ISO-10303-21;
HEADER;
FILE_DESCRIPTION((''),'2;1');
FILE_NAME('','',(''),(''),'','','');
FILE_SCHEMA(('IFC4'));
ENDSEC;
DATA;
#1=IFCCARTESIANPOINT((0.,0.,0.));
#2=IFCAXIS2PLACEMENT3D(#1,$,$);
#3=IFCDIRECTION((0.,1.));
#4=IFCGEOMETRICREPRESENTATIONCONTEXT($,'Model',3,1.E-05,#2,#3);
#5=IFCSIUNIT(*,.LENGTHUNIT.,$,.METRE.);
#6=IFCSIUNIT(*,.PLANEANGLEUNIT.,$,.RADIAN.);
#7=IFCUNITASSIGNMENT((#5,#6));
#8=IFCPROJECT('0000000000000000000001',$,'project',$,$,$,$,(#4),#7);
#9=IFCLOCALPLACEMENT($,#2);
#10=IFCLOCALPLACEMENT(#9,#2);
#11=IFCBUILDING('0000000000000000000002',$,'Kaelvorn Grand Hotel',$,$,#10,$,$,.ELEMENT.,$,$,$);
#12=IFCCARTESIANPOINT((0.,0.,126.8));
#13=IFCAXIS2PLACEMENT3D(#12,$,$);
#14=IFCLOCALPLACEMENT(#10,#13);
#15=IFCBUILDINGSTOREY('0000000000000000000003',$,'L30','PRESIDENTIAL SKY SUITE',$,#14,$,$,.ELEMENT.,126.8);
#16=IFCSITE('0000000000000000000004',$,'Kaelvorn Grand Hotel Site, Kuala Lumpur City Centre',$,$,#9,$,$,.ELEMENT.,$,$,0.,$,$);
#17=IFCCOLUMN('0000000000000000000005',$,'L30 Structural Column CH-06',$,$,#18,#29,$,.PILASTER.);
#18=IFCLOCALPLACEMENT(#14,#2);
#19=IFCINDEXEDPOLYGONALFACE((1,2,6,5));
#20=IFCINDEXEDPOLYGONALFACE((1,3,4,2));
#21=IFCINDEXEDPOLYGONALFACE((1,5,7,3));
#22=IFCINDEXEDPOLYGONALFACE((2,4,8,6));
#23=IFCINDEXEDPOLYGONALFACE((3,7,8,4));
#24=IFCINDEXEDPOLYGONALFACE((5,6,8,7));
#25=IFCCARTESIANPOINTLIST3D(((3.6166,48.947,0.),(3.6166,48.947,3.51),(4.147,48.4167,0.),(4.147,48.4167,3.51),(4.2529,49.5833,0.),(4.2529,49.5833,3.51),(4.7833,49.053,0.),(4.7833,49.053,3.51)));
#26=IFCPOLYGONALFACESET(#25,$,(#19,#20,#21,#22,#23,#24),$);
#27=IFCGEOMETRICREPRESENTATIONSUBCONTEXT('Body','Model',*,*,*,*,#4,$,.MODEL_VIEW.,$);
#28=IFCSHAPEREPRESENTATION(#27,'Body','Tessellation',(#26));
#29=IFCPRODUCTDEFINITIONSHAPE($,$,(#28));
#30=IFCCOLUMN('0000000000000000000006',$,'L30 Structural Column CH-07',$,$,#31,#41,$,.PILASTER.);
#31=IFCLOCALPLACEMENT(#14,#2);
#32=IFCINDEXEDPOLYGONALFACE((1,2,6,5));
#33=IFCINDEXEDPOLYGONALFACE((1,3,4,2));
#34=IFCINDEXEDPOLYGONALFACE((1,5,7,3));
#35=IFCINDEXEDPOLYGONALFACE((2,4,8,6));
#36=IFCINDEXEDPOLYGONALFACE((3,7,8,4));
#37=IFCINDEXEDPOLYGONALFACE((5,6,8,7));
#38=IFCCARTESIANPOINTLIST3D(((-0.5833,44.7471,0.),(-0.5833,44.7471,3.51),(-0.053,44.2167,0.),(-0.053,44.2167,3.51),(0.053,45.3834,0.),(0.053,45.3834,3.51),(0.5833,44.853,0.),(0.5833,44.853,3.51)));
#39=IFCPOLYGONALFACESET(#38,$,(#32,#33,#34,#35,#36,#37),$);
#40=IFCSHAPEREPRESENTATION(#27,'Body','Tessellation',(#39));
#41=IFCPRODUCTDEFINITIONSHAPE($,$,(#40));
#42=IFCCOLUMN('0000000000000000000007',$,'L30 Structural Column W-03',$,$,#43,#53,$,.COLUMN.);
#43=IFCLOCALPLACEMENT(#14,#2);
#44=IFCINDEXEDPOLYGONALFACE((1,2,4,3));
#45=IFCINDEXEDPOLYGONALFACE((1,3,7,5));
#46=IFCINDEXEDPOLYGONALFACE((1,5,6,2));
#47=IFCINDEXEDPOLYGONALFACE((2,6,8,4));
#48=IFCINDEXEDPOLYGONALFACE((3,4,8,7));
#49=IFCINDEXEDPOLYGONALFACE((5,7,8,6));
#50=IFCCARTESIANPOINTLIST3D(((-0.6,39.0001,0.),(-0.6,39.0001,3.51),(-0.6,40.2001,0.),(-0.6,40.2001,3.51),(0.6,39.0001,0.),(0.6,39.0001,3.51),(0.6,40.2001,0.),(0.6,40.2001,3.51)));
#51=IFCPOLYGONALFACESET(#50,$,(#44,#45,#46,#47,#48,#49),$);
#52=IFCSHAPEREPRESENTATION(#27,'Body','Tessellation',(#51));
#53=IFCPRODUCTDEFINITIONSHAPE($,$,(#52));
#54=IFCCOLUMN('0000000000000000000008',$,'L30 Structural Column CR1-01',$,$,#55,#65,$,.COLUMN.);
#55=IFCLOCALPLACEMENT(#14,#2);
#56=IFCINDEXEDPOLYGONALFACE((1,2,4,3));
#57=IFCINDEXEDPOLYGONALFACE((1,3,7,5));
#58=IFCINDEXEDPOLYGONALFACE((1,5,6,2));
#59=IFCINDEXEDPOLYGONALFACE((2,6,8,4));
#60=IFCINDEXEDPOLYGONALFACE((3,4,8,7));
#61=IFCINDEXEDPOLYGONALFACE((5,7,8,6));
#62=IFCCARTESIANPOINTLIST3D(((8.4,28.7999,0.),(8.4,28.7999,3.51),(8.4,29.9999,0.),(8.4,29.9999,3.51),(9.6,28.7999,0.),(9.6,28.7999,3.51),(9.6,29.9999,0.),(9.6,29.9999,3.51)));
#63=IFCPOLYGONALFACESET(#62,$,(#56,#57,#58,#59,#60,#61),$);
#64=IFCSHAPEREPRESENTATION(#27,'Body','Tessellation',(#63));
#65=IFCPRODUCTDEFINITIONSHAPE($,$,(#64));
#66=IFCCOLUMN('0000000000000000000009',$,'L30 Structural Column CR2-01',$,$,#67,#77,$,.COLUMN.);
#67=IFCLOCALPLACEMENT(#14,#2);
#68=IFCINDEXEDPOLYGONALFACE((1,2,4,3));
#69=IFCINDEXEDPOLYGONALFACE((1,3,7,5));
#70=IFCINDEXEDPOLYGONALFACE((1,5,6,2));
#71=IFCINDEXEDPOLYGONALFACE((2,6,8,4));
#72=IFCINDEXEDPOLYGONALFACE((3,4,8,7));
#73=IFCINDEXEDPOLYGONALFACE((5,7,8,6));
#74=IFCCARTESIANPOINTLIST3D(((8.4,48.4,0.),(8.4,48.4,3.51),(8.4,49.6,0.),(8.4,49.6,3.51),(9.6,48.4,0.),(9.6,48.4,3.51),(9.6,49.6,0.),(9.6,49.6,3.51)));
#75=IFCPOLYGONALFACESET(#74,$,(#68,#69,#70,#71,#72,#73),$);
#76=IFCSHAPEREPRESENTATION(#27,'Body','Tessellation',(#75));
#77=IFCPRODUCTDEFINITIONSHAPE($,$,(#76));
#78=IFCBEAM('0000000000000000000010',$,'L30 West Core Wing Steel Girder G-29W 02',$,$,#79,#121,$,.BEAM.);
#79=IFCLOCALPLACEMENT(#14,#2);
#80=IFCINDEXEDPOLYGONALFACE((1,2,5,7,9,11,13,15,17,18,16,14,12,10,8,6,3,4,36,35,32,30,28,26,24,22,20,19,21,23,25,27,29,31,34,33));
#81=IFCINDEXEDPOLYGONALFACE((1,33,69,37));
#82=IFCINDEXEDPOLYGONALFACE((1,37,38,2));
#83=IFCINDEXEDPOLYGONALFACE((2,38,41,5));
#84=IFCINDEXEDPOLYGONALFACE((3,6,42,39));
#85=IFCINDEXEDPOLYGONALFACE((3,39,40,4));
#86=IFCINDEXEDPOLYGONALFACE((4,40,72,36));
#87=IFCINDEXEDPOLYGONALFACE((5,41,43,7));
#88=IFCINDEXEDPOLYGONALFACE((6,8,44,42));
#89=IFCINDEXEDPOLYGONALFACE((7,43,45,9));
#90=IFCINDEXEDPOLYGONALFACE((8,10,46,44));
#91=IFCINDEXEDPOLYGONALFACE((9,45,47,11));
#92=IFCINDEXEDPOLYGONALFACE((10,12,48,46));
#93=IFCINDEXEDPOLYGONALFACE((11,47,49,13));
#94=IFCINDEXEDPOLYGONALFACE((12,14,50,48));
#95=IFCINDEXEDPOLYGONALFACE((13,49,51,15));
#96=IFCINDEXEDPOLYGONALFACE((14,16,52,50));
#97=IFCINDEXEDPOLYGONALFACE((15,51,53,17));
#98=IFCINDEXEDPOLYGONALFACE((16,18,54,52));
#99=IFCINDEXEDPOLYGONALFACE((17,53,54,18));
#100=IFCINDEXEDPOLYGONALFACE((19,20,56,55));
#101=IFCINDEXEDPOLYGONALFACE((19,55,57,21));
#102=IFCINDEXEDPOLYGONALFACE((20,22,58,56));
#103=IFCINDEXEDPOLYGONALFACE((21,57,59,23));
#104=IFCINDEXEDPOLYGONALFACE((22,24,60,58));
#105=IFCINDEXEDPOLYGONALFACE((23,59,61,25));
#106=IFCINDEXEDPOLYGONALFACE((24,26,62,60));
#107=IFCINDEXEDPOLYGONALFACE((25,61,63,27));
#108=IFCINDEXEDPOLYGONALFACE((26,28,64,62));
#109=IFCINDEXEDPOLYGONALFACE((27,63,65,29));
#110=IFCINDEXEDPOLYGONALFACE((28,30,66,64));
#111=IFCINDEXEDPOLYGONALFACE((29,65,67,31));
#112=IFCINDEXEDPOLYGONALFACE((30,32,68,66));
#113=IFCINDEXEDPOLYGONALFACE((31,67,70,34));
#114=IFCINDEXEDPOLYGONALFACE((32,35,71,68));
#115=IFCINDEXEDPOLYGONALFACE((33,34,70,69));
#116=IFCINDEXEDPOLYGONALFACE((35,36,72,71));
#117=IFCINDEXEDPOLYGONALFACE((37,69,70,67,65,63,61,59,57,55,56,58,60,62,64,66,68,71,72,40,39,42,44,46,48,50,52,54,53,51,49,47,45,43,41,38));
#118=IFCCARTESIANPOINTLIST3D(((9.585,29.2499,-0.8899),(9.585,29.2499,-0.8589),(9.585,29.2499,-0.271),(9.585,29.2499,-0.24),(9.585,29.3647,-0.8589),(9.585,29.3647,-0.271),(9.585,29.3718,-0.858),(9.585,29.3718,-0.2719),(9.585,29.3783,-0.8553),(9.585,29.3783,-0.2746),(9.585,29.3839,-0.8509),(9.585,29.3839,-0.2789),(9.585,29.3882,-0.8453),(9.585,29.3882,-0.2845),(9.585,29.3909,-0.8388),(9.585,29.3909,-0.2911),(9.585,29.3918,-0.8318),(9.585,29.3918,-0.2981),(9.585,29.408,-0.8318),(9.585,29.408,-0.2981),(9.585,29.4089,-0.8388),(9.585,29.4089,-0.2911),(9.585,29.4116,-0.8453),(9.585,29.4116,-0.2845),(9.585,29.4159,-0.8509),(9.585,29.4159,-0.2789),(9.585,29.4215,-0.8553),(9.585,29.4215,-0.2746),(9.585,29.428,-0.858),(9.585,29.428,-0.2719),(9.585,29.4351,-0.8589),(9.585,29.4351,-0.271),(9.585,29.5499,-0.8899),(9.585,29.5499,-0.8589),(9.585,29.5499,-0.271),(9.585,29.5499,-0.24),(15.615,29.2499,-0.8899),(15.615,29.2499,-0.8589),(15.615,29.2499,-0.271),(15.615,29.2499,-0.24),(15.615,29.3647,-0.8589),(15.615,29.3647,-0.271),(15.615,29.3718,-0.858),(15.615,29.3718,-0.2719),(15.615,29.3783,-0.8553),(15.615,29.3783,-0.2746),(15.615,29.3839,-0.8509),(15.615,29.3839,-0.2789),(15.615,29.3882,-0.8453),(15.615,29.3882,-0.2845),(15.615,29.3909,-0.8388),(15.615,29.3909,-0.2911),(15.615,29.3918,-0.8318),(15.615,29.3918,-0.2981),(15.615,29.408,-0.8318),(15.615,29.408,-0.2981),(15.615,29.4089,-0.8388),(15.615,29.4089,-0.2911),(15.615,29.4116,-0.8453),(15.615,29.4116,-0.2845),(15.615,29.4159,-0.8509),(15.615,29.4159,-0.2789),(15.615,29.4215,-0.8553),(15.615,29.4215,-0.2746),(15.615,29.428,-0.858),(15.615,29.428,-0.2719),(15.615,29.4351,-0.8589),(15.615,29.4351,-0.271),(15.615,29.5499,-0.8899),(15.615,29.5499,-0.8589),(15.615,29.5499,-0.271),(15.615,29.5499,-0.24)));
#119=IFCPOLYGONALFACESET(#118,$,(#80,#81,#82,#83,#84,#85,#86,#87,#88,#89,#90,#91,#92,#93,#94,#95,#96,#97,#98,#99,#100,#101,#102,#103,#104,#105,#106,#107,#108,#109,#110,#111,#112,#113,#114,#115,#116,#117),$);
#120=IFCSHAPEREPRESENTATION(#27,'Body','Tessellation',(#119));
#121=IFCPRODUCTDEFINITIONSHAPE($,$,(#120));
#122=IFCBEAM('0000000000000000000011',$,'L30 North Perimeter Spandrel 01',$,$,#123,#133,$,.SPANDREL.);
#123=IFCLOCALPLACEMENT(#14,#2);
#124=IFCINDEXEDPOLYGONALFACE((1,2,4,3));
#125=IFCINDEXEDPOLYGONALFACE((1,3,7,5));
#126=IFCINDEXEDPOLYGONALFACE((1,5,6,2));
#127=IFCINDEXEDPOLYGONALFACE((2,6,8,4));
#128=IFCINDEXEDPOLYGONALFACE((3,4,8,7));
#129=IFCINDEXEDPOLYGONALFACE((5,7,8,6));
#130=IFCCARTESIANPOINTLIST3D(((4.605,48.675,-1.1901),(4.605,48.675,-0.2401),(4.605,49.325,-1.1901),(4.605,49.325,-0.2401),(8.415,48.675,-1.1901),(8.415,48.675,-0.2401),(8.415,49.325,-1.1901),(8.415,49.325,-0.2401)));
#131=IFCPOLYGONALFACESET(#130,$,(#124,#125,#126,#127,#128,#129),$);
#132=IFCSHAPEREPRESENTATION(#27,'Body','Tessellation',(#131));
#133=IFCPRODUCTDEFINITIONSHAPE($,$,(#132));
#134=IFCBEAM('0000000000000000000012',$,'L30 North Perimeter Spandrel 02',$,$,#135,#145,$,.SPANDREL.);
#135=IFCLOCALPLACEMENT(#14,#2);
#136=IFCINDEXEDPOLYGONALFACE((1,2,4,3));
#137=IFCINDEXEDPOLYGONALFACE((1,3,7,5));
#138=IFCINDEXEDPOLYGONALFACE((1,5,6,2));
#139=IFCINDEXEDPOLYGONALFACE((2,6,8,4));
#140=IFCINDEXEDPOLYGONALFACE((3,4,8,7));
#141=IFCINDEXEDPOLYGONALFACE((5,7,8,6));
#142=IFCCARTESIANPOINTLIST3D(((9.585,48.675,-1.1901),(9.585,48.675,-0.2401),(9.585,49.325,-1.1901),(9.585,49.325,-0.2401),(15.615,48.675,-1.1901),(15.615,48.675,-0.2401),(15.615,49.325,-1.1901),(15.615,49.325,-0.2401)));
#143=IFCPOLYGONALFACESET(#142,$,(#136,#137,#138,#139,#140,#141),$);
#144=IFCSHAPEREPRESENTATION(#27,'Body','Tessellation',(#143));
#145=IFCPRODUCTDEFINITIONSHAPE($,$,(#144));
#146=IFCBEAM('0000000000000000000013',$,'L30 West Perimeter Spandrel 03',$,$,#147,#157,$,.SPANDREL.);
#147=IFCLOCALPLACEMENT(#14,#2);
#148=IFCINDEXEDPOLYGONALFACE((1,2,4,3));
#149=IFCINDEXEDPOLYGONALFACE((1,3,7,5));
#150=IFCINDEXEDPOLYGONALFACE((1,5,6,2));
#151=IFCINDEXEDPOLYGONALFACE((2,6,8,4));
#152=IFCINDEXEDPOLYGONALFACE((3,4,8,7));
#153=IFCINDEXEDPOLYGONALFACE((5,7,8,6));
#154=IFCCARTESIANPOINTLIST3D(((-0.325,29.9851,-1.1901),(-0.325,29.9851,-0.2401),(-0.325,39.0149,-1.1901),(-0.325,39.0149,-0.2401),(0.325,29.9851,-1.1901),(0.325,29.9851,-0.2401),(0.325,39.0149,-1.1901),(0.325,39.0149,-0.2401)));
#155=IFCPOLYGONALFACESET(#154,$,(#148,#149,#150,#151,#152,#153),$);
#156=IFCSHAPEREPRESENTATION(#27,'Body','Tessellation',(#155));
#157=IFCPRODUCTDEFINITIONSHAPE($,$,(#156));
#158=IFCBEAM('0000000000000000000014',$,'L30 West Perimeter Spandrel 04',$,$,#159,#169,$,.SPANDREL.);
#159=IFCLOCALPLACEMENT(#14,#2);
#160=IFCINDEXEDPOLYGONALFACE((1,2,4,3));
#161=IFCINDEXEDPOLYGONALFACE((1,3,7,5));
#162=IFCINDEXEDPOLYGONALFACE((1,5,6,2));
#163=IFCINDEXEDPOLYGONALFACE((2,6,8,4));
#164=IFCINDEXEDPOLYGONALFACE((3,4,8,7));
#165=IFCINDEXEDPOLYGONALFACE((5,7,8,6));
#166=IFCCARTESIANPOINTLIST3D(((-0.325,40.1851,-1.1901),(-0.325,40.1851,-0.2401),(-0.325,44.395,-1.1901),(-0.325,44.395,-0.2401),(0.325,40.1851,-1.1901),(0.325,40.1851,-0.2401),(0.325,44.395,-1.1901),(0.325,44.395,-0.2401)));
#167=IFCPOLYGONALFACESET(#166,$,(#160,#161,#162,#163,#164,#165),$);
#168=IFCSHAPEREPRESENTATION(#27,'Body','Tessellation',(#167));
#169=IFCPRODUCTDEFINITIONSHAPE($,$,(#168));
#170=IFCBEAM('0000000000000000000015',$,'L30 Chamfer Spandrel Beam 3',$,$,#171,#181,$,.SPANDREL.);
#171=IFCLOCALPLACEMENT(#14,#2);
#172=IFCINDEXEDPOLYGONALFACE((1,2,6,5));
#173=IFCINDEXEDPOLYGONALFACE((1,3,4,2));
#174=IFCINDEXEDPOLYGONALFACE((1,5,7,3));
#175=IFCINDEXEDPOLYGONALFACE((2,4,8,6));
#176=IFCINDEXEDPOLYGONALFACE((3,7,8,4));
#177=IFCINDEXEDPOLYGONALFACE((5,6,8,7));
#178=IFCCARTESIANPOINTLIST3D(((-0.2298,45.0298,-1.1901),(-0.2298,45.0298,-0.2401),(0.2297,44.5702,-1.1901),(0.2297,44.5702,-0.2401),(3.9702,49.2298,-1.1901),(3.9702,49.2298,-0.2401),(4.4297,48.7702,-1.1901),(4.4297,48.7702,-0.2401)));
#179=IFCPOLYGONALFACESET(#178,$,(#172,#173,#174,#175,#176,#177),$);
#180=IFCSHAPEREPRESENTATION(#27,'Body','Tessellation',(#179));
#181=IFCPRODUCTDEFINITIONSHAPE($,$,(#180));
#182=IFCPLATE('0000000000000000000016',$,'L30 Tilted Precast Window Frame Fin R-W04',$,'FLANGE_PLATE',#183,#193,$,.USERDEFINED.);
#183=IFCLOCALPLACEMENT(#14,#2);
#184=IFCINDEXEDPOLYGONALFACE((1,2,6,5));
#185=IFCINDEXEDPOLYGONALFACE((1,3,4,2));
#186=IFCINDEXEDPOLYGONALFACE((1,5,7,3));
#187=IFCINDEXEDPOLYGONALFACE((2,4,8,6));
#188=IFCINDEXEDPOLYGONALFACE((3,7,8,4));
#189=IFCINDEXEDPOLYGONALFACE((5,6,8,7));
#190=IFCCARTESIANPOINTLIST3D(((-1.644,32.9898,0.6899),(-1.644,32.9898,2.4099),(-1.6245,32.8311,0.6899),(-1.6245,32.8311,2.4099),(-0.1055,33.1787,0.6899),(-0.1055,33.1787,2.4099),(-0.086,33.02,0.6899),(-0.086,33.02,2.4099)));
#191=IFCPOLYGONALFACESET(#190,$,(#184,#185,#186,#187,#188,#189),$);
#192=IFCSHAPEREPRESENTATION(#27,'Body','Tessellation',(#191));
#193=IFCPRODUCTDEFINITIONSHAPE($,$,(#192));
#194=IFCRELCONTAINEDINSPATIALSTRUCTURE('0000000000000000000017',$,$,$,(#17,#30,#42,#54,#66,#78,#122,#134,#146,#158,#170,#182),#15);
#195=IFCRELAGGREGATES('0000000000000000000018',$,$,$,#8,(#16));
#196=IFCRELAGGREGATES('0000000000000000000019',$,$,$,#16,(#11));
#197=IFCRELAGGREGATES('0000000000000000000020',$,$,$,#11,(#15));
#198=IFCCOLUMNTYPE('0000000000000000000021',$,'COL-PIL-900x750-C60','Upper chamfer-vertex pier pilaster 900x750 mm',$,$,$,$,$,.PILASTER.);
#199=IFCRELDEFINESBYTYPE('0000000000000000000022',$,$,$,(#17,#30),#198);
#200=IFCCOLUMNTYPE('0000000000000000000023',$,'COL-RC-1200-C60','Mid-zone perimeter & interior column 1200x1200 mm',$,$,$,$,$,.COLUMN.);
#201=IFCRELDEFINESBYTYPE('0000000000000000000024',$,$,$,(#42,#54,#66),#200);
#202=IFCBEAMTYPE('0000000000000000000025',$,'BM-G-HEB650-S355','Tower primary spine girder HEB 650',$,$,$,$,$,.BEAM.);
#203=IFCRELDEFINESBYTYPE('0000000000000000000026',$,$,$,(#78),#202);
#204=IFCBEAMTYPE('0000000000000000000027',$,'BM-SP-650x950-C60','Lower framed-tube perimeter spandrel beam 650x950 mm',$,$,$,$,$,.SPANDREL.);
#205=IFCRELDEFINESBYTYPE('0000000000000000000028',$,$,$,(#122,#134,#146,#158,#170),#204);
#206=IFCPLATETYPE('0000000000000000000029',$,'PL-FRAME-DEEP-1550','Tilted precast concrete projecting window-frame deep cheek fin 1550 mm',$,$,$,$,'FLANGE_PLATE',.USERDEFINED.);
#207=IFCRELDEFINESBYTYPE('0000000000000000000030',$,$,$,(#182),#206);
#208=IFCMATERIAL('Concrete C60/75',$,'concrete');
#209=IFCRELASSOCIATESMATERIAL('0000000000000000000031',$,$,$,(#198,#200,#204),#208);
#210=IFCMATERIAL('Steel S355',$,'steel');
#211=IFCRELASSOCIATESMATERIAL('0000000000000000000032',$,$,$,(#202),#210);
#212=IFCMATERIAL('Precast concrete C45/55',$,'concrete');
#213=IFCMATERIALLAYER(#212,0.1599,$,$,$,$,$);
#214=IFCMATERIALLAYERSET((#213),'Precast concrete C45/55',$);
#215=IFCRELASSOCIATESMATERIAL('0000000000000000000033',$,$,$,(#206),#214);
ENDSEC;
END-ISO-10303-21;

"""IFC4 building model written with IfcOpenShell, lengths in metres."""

from ifc_helpers import new_model, si_unit, direction, frame, origin, origin_2d, place, context, subcontext, project, spatial, rectangle, i_section, extrude, material, layer, layer_set, material_profile, profile_set, type_object, element, save


model = new_model("IFC4")

# Units and contexts
model_context = context("Model", 3, precision=1e-05, world=origin(), true_north=direction((0.0, 1.0)))
body_context = subcontext(model_context, "Body", "Model", "MODEL_VIEW")
ifc_project = project(units=[si_unit("LENGTHUNIT", "METRE"), si_unit("PLANEANGLEUNIT", "RADIAN")], contexts=[model_context])

# Site, building, storey
site_placement = place(None, origin())
site = spatial("IfcSite", under=ifc_project, at=site_placement, Name="Kaelvorn Grand Hotel Site, Kuala Lumpur City Centre", CompositionType="ELEMENT", RefElevation=0.0)
building_placement = place(site_placement, origin())
building = spatial("IfcBuilding", under=site, at=building_placement, Name="Kaelvorn Grand Hotel", CompositionType="ELEMENT")
storey_placement = place(building_placement, frame((0.0, 0.0, 126.8)))
storey = spatial("IfcBuildingStorey", under=building, at=storey_placement, Name="L30", Description="PRESIDENTIAL SKY SUITE", CompositionType="ELEMENT", Elevation=126.8)

# Columns
ifc_material_1 = material(Name="Concrete C60/75", Category="concrete")
ifc_material_profile_1 = material_profile(ifc_material_1, rectangle(XDim=0.8999, YDim=0.75, at=origin_2d()), Name="RC PILASTER 900x750")
ifc_profile_set_1 = profile_set([ifc_material_profile_1], Name="Concrete C60/75")
column_type_1 = type_object("IfcColumnType", Name="COL-PIL-900x750-C60", Description="Upper chamfer-vertex pier pilaster 900x750 mm", PredefinedType="PILASTER", material=ifc_profile_set_1)
for number, where, z_axis, x_axis, name in (
    (1, (4.2, 49.0, 0.0), (0.0, 0.0, 1.0), (0.707107, 0.707107, 0.0), "L30 Structural Column CH-06"),
    (2, (0.0, 44.8, 0.0), (0.0, 0.0, 1.0), (0.707107, 0.707107, 0.0), "L30 Structural Column CH-07"),
):
    element("IfcColumn", number, at=place(storey_placement, frame(where, z_axis=z_axis, x_axis=x_axis)), inside=storey, type_object=column_type_1, Name=name, PredefinedType="PILASTER", context=body_context, shape_type="SweptSolid", body=[
        extrude(rectangle(XDim=0.8999, YDim=0.75, at=origin_2d()), origin(), (0.0, 0.0, 1.0), 3.51),
    ])
ifc_material_profile_2 = material_profile(ifc_material_1, rectangle(XDim=1.2, YDim=1.2, at=origin_2d()), Name="RC COL 1200x1200")
ifc_profile_set_2 = profile_set([ifc_material_profile_2], Name="Concrete C60/75")
column_type_2 = type_object("IfcColumnType", Name="COL-RC-1200-C60", Description="Mid-zone perimeter & interior column 1200x1200 mm", PredefinedType="COLUMN", material=ifc_profile_set_2)
for number, where, z_axis, x_axis, name in (
    (3, (0.0, 39.6001, 0.0), (0.0, 0.0, 1.0), (1.0, 0.0, 0.0), "L30 Structural Column W-03"),
    (4, (9.0, 29.3999, 0.0), (0.0, 0.0, 1.0), (1.0, 0.0, 0.0), "L30 Structural Column CR1-01"),
    (5, (9.0, 49.0, 0.0), (0.0, 0.0, 1.0), (1.0, 0.0, 0.0), "L30 Structural Column CR2-01"),
):
    element("IfcColumn", number, at=place(storey_placement, frame(where, z_axis=z_axis, x_axis=x_axis)), inside=storey, type_object=column_type_2, Name=name, PredefinedType="COLUMN", context=body_context, shape_type="SweptSolid", body=[
        extrude(rectangle(XDim=1.2, YDim=1.2, at=origin_2d()), origin(), (0.0, 0.0, 1.0), 3.51),
    ])

# Beams
ifc_material_2 = material(Name="Steel S355", Category="steel")
ifc_material_profile_3 = material_profile(ifc_material_2, i_section(OverallWidth=0.3, OverallDepth=0.6499, WebThickness=0.0161, FlangeThickness=0.031, FilletRadius=0.0271, at=origin_2d()), Name="HEB 650")
ifc_profile_set_3 = profile_set([ifc_material_profile_3], Name="Steel S355")
beam_type_1 = type_object("IfcBeamType", Name="BM-G-HEB650-S355", Description="Tower primary spine girder HEB 650", PredefinedType="BEAM", material=ifc_profile_set_3)
beam_1_placement = place(storey_placement, frame((9.585, 29.3999, -0.5649), z_axis=(1.0, 0.0, 0.0), x_axis=(0.0, 1.0, 0.0)))
element("IfcBeam", 6, at=beam_1_placement, inside=storey, type_object=beam_type_1, Name="L30 West Core Wing Steel Girder G-29W 02", PredefinedType="BEAM", context=body_context, shape_type="SweptSolid", body=[
    extrude(i_section(OverallWidth=0.3, OverallDepth=0.6499, WebThickness=0.0161, FlangeThickness=0.031, FilletRadius=0.0271, at=origin_2d()), origin(), (0.0, 0.0, 1.0), 6.03),
])
ifc_material_profile_4 = material_profile(ifc_material_1, rectangle(XDim=0.6499, YDim=0.95, at=origin_2d()), Name="RC SPANDREL 650x950")
ifc_profile_set_4 = profile_set([ifc_material_profile_4], Name="Concrete C60/75")
beam_type_2 = type_object("IfcBeamType", Name="BM-SP-650x950-C60", Description="Lower framed-tube perimeter spandrel beam 650x950 mm", PredefinedType="SPANDREL", material=ifc_profile_set_4)
beam_2_placement = place(storey_placement, frame((4.605, 49.0, -0.7151), z_axis=(1.0, 0.0, 0.0), x_axis=(0.0, 1.0, 0.0)))
element("IfcBeam", 7, at=beam_2_placement, inside=storey, type_object=beam_type_2, Name="L30 North Perimeter Spandrel 01", PredefinedType="SPANDREL", context=body_context, shape_type="SweptSolid", body=[
    extrude(rectangle(XDim=0.6499, YDim=0.95, at=origin_2d()), origin(), (0.0, 0.0, 1.0), 3.8101),
])
beam_3_placement = place(storey_placement, frame((9.585, 49.0, -0.7151), z_axis=(1.0, 0.0, 0.0), x_axis=(0.0, 1.0, 0.0)))
element("IfcBeam", 8, at=beam_3_placement, inside=storey, type_object=beam_type_2, Name="L30 North Perimeter Spandrel 02", PredefinedType="SPANDREL", context=body_context, shape_type="SweptSolid", body=[
    extrude(rectangle(XDim=0.6499, YDim=0.95, at=origin_2d()), origin(), (0.0, 0.0, 1.0), 6.03),
])
beam_4_placement = place(storey_placement, frame((0.0, 29.9851, -0.7151), z_axis=(0.0, 1.0, 0.0), x_axis=(-1.0, 0.0, 0.0)))
element("IfcBeam", 9, at=beam_4_placement, inside=storey, type_object=beam_type_2, Name="L30 West Perimeter Spandrel 03", PredefinedType="SPANDREL", context=body_context, shape_type="SweptSolid", body=[
    extrude(rectangle(XDim=0.6499, YDim=0.95, at=origin_2d()), origin(), (0.0, 0.0, 1.0), 9.0298),
])
beam_5_placement = place(storey_placement, frame((0.0, 40.1851, -0.7151), z_axis=(0.0, 1.0, 0.0), x_axis=(-1.0, 0.0, 0.0)))
element("IfcBeam", 10, at=beam_5_placement, inside=storey, type_object=beam_type_2, Name="L30 West Perimeter Spandrel 04", PredefinedType="SPANDREL", context=body_context, shape_type="SweptSolid", body=[
    extrude(rectangle(XDim=0.6499, YDim=0.95, at=origin_2d()), origin(), (0.0, 0.0, 1.0), 4.21),
])
beam_6_placement = place(storey_placement, frame((4.2, 49.0, -0.7151), z_axis=(-0.707107, -0.707107, 0.0), x_axis=(0.707107, -0.707107, 0.0)))
element("IfcBeam", 11, at=beam_6_placement, inside=storey, type_object=beam_type_2, Name="L30 Chamfer Spandrel Beam 3", PredefinedType="SPANDREL", context=body_context, shape_type="SweptSolid", body=[
    extrude(rectangle(XDim=0.6499, YDim=0.95, at=origin_2d()), origin(), (0.0, 0.0, 1.0), 5.9397),
])

# Plate
ifc_material_3 = material(Name="Precast concrete C45/55", Category="concrete")
ifc_layer_1 = layer(ifc_material_3, 0.1599)
ifc_layer_set_1 = layer_set([ifc_layer_1], Name="Precast concrete C45/55")
plate_type_1 = type_object("IfcPlateType", Name="PL-FRAME-DEEP-1550", Description="Tilted precast concrete projecting window-frame deep cheek fin 1550 mm", ElementType="FLANGE_PLATE", PredefinedType="USERDEFINED", material=ifc_layer_set_1)
for number, where, z_axis, x_axis, name in (
    (12, (-0.865, 33.0049, 0.6899), (0.0, 0.0, 1.0), (-0.121869, 0.992546, 0.0), "L30 Tilted Precast Window Frame Fin R-W04"),
):
    element("IfcPlate", number, at=place(storey_placement, frame(where, z_axis=z_axis, x_axis=x_axis)), inside=storey, type_object=plate_type_1, Name=name, ObjectType="FLANGE_PLATE", PredefinedType="USERDEFINED", context=body_context, shape_type="SweptSolid", body=[
        extrude(rectangle(XDim=0.1599, YDim=1.55, at=origin_2d()), origin(), (0.0, 0.0, 1.0), 1.72),
    ])

save(model, "model.ifc")
